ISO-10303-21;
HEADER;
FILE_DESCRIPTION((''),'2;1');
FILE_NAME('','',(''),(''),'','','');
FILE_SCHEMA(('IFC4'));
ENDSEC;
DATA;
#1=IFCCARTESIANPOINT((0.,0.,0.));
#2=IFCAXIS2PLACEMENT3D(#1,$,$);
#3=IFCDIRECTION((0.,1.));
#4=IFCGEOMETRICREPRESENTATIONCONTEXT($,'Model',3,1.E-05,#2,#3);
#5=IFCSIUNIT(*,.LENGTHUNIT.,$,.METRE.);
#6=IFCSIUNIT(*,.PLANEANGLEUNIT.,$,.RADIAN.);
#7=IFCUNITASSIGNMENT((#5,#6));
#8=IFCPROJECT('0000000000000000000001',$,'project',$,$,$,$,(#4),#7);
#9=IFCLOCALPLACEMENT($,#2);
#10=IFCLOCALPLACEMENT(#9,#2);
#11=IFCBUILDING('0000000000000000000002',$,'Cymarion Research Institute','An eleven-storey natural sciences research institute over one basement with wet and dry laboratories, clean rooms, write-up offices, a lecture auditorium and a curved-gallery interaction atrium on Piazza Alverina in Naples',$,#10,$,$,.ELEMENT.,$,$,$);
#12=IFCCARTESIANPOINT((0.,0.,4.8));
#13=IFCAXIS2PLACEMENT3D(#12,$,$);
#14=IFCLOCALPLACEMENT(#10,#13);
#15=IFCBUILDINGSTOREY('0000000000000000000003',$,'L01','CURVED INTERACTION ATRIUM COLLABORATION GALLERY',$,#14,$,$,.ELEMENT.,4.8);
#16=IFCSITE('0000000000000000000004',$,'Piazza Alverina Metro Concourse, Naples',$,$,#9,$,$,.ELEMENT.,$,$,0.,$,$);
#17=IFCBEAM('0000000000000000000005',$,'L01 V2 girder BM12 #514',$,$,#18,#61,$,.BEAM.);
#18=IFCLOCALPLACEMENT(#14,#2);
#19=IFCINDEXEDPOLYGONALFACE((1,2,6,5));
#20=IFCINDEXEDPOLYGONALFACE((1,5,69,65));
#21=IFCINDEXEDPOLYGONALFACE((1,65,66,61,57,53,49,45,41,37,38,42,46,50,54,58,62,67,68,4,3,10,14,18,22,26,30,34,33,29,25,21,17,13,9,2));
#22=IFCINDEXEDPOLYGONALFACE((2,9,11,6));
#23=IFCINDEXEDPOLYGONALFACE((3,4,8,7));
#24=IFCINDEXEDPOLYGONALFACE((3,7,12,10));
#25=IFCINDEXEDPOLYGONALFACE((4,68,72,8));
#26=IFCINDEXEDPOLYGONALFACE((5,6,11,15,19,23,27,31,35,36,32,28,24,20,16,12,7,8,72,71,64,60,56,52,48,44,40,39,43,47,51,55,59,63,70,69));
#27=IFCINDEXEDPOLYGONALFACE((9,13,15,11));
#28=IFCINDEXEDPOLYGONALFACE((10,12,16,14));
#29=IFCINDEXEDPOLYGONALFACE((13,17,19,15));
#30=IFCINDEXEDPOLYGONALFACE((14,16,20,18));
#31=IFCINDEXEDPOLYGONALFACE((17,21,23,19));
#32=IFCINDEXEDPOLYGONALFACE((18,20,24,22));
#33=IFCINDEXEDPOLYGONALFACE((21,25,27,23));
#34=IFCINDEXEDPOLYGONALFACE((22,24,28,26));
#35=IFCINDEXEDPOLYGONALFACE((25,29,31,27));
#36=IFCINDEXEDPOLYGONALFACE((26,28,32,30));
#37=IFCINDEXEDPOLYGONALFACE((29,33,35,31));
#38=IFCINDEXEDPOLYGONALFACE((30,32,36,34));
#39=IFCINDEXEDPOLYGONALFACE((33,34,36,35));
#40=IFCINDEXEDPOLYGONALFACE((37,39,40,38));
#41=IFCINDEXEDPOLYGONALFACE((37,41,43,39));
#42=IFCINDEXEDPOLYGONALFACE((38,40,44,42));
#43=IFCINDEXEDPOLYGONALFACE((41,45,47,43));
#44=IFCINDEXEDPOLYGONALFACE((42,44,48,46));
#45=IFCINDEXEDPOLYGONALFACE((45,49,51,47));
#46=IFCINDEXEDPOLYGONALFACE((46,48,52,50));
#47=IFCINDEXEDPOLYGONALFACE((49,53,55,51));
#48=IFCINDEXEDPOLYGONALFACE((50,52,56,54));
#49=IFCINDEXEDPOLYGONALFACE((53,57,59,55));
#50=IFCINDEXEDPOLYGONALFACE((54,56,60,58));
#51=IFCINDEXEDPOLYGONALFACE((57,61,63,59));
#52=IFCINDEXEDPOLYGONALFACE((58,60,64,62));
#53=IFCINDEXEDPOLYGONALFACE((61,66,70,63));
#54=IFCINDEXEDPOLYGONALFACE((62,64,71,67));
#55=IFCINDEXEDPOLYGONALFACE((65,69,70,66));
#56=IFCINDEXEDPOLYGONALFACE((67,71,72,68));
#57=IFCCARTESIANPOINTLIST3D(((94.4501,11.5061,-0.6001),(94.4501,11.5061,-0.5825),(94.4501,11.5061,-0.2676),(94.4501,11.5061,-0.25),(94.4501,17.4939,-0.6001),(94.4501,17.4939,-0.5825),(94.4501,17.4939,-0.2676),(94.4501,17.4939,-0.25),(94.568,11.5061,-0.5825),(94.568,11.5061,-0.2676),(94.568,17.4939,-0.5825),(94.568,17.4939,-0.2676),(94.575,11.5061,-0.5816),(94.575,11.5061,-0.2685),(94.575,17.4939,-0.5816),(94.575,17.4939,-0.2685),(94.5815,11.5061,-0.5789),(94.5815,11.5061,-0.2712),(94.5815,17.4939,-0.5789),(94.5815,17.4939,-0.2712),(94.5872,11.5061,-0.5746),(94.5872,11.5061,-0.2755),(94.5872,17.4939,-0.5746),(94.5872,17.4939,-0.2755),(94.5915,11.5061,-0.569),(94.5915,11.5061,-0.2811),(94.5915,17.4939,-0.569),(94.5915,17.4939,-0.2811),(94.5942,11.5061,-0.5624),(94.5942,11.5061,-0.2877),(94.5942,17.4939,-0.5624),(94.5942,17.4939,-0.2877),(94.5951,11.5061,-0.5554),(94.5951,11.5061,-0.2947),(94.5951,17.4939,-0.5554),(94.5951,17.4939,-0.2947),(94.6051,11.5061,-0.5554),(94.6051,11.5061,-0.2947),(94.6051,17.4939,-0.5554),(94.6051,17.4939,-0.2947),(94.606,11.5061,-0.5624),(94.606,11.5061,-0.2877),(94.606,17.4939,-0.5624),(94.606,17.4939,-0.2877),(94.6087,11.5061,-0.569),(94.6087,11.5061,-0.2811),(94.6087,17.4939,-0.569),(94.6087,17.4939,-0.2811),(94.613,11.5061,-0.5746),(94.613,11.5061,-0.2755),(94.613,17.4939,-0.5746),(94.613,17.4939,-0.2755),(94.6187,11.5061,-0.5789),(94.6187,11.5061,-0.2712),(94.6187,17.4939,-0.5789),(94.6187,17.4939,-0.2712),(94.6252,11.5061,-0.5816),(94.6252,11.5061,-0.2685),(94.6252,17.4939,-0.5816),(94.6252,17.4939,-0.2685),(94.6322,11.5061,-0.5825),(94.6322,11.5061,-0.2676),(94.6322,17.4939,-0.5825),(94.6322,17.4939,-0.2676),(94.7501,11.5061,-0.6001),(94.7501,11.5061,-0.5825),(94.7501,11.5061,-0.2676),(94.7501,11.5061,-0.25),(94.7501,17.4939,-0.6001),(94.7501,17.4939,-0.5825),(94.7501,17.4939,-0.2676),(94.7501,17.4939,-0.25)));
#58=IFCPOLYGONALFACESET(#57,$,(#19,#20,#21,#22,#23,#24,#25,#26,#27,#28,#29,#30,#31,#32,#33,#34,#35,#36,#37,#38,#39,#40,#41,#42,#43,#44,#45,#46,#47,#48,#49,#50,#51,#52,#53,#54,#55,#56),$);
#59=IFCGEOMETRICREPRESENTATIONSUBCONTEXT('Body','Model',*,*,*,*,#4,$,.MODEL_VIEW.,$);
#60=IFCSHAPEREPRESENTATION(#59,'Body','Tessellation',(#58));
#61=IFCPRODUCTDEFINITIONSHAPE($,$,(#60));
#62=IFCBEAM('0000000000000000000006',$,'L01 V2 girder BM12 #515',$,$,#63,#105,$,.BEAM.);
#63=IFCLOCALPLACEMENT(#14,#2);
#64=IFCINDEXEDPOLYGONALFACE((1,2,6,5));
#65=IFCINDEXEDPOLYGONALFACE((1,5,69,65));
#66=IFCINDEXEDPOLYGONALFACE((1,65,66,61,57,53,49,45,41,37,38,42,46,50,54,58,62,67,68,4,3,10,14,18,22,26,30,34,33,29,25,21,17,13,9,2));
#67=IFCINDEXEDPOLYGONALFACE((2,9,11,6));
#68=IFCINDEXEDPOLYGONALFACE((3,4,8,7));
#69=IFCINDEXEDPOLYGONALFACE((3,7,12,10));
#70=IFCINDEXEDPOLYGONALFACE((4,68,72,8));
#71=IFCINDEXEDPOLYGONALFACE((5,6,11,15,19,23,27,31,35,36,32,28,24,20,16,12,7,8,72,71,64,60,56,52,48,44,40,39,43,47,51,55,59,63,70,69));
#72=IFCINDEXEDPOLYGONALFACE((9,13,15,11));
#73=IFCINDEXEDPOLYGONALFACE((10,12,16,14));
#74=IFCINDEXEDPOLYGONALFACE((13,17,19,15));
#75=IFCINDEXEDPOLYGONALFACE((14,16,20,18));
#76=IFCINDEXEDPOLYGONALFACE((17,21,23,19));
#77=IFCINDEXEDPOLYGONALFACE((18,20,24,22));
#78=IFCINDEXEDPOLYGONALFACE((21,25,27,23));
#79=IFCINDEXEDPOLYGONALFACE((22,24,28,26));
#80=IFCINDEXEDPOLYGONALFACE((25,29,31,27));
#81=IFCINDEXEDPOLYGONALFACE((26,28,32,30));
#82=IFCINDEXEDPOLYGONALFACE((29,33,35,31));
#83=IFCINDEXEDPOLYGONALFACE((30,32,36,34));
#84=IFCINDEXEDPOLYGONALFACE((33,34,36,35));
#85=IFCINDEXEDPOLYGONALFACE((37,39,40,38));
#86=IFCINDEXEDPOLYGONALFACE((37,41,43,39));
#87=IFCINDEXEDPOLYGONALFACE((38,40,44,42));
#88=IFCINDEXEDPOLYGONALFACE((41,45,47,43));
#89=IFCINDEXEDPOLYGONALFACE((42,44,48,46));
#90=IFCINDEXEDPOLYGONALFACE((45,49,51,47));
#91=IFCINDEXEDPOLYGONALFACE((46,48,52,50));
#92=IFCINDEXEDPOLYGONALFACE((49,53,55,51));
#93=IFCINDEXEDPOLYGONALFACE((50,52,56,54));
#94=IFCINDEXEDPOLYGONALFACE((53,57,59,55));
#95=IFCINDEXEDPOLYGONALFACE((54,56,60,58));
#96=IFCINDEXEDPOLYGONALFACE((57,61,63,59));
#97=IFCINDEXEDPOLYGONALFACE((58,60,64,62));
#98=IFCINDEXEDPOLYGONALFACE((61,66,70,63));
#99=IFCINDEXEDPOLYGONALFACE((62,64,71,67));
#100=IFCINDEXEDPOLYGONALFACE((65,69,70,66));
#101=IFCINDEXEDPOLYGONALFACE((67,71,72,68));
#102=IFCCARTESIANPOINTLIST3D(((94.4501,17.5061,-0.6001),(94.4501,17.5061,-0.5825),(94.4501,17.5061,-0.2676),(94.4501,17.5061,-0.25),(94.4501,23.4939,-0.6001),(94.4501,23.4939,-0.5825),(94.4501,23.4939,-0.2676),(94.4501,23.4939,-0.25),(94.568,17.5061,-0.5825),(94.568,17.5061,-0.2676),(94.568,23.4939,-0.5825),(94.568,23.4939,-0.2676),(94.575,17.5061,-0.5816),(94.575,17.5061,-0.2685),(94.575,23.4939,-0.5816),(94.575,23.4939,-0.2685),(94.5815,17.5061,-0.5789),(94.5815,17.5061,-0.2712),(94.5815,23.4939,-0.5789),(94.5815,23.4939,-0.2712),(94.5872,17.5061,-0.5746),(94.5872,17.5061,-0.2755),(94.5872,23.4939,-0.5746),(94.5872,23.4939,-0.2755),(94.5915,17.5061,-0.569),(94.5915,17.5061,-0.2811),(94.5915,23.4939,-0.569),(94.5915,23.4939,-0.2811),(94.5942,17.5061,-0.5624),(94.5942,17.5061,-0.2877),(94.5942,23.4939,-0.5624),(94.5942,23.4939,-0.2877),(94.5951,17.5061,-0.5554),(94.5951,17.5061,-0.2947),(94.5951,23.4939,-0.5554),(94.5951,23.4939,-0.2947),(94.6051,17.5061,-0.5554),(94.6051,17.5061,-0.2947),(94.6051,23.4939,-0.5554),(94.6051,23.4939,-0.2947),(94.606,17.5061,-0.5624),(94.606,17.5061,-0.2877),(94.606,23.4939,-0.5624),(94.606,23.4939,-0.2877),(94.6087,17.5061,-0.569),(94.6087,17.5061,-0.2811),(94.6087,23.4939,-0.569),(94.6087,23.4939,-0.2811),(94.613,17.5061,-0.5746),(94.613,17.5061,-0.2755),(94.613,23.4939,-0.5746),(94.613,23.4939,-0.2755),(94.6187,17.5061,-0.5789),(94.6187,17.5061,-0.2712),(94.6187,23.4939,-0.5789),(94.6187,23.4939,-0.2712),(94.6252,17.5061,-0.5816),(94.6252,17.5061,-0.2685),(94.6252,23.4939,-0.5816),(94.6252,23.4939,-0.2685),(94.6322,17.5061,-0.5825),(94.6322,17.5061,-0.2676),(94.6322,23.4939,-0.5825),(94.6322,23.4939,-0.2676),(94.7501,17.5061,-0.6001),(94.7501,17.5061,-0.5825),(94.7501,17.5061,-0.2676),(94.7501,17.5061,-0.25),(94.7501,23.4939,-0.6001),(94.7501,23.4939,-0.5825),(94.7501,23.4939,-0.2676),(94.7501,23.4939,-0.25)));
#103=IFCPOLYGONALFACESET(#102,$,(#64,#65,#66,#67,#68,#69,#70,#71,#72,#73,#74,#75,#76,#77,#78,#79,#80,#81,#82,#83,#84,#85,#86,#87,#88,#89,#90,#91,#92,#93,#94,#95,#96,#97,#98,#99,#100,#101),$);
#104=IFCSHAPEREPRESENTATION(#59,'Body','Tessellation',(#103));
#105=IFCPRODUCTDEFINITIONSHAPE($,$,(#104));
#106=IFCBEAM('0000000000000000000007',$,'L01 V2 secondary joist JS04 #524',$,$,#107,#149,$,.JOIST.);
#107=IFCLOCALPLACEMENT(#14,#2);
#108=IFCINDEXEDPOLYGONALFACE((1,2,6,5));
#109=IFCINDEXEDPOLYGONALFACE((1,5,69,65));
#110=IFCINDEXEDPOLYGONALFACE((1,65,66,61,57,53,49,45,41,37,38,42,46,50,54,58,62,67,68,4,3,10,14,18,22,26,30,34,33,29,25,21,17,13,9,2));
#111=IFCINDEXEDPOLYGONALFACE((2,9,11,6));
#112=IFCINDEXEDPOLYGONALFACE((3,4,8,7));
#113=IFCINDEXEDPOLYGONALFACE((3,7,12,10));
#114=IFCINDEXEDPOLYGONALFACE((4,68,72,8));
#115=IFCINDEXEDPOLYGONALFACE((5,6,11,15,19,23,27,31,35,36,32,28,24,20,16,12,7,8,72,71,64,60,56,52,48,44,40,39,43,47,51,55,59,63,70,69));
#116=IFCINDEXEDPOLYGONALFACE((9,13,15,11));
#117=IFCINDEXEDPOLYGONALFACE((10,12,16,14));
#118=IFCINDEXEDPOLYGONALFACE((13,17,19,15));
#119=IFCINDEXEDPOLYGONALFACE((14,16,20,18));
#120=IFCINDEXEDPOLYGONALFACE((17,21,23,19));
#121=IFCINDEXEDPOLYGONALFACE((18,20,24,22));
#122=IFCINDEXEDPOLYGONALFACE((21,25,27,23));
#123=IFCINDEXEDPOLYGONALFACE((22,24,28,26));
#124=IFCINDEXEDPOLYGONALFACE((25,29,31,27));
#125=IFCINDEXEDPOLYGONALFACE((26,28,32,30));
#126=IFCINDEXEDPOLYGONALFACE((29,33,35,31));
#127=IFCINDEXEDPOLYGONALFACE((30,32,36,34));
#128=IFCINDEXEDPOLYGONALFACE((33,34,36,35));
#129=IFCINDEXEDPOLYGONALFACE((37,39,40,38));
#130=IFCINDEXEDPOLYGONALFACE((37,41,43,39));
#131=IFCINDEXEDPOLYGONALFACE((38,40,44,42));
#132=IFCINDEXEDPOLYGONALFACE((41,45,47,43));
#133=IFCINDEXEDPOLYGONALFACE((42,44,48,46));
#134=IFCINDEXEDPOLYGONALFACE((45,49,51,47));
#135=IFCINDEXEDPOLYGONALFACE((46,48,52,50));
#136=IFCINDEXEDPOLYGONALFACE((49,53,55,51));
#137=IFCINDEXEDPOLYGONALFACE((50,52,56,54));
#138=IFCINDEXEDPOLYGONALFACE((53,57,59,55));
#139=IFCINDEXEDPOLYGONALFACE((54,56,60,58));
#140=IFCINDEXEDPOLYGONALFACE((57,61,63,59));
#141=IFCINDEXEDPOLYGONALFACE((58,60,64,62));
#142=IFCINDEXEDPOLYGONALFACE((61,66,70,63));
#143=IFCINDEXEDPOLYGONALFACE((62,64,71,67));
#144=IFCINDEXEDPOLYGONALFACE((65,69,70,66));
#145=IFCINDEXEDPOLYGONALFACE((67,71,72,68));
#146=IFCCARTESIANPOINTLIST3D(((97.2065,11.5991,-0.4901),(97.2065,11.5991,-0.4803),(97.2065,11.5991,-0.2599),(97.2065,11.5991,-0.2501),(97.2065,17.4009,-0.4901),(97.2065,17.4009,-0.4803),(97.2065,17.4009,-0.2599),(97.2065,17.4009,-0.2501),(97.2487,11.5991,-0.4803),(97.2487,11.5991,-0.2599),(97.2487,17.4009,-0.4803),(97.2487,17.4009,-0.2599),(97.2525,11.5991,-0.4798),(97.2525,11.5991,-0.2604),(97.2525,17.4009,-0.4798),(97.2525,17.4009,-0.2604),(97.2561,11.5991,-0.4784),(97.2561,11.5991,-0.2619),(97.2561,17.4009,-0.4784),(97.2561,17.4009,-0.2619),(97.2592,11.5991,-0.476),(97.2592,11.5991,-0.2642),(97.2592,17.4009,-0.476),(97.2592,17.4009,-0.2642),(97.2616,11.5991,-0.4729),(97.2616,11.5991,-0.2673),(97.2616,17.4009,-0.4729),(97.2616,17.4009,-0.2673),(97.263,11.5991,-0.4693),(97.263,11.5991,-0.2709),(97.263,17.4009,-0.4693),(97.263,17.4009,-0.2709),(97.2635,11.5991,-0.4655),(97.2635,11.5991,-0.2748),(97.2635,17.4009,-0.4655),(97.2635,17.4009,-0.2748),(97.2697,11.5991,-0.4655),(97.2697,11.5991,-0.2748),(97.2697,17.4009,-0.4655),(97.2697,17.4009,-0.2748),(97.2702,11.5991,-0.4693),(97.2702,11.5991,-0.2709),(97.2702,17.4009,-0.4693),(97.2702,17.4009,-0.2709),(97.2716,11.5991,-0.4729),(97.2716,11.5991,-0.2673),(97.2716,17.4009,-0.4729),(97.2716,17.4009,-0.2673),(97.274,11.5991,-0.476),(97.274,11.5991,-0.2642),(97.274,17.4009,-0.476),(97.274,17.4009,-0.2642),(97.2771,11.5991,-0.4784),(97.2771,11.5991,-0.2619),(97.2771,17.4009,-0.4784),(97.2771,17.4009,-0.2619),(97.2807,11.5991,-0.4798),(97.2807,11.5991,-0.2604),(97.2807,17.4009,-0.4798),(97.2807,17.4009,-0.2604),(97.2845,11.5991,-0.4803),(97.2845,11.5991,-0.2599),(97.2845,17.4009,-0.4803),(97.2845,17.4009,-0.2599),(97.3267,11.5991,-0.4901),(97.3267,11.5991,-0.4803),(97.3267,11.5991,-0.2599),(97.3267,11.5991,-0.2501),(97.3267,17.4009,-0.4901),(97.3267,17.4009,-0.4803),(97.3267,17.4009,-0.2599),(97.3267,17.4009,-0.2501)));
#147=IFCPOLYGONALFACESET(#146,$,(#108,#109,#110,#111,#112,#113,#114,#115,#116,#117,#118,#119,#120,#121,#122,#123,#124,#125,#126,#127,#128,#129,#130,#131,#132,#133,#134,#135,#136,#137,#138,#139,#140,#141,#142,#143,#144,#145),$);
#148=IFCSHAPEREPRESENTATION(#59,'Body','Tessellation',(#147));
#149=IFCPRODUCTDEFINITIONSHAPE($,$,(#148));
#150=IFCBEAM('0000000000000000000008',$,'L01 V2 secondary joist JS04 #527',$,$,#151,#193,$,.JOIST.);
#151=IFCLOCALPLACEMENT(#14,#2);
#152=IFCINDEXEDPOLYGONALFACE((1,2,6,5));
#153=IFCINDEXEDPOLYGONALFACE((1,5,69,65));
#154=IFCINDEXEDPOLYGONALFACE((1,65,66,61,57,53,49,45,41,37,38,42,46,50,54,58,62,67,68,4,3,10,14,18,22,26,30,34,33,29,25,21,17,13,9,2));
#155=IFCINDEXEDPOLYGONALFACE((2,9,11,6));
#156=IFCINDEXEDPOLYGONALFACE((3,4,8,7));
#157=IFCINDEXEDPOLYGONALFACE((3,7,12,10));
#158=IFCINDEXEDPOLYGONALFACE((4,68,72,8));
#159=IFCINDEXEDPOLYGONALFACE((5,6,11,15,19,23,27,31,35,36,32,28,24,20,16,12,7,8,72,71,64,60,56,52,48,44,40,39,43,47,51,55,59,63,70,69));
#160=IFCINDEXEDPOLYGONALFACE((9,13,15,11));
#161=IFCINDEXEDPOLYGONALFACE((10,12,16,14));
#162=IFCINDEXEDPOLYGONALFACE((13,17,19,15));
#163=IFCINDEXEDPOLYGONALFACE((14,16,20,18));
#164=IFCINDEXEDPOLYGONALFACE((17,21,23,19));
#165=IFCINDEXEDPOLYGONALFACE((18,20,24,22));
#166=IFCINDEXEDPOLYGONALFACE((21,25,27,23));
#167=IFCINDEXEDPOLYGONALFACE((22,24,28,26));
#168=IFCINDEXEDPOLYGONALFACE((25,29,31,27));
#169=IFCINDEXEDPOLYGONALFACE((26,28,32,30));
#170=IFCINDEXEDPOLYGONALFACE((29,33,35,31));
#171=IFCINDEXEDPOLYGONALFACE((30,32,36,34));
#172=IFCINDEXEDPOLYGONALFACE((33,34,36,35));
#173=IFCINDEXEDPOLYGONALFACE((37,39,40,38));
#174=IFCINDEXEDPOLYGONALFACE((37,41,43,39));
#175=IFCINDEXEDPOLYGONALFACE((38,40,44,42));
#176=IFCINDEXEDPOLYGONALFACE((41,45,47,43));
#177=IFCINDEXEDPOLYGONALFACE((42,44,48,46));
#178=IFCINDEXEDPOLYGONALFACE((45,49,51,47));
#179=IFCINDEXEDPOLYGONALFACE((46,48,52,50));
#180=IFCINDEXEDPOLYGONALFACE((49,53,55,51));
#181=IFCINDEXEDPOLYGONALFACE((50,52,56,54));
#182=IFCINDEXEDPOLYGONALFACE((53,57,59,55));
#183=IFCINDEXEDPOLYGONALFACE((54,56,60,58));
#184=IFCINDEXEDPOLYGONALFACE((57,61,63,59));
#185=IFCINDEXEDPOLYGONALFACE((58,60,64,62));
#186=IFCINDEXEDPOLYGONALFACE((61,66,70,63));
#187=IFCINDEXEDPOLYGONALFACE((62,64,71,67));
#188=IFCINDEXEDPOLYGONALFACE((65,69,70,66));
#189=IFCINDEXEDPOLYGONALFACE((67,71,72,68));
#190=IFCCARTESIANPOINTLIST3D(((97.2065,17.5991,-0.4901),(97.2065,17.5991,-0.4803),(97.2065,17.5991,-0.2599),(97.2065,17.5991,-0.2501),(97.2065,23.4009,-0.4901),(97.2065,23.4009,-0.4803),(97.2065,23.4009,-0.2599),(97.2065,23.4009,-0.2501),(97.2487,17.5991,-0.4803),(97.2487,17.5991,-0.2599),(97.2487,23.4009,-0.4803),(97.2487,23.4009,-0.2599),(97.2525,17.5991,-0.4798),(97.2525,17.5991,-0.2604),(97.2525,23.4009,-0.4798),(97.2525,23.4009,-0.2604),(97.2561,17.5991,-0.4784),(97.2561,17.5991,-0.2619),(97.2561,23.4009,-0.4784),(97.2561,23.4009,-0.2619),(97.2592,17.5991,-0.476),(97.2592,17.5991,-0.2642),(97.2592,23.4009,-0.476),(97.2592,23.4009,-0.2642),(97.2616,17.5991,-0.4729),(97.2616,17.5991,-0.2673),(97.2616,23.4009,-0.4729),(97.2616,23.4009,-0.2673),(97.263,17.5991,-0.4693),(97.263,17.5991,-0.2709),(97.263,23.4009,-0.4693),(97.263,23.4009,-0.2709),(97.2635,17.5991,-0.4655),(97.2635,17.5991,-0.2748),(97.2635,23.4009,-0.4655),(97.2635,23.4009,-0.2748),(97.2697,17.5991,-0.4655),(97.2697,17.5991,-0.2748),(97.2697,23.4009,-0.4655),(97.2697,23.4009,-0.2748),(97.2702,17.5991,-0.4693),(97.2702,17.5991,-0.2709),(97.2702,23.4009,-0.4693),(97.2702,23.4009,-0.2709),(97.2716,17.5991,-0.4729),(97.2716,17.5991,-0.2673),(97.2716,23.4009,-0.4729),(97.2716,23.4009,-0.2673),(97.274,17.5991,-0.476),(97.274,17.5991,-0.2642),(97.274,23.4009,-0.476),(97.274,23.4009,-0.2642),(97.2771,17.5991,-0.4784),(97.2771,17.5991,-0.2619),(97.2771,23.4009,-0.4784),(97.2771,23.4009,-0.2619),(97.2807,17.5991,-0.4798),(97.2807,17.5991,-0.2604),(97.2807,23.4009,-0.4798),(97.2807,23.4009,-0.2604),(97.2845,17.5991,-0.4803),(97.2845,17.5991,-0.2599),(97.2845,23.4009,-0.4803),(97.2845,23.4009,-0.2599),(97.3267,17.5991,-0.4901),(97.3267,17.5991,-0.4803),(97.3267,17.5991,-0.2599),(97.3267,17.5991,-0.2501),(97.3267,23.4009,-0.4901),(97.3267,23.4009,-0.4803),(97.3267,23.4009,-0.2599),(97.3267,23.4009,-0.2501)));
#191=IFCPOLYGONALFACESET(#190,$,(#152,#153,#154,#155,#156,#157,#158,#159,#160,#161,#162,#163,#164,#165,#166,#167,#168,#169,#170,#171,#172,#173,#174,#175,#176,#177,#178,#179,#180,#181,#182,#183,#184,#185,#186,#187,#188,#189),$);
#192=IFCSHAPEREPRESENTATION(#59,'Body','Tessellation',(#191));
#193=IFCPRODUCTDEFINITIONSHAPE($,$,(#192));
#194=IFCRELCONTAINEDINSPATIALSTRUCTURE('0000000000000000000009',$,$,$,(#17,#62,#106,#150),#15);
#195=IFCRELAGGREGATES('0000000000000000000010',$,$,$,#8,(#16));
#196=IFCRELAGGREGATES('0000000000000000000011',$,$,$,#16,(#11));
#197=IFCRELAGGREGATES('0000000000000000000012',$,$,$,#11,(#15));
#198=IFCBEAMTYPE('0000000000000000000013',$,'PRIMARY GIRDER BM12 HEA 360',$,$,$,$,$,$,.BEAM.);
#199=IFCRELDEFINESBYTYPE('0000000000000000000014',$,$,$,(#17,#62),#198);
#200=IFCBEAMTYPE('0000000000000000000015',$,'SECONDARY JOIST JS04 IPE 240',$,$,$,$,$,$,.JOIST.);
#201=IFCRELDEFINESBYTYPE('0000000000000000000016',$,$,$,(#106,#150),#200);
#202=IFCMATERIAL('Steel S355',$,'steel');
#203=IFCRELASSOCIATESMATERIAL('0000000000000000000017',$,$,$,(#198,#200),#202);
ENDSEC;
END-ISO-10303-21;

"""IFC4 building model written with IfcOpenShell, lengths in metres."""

from ifc_helpers import new_model, si_unit, direction, frame, origin, origin_2d, place, context, subcontext, project, spatial, i_section, extrude, material, material_profile, profile_set, type_object, element, save


model = new_model("IFC4")

# Units and contexts
model_context = context("Model", 3, precision=1e-05, world=origin(), true_north=direction((0.0, 1.0)))
body_context = subcontext(model_context, "Body", "Model", "MODEL_VIEW")
ifc_project = project(units=[si_unit("LENGTHUNIT", "METRE"), si_unit("PLANEANGLEUNIT", "RADIAN")], contexts=[model_context])

# Site, building, storey
site_placement = place(None, origin())
site = spatial("IfcSite", under=ifc_project, at=site_placement, Name="Piazza Alverina Metro Concourse, Naples", CompositionType="ELEMENT", RefElevation=0.0)
building_placement = place(site_placement, origin())
building = spatial("IfcBuilding", under=site, at=building_placement, Name="Cymarion Research Institute", Description="An eleven-storey natural sciences research institute over one basement with wet and dry laboratories, clean rooms, write-up offices, a lecture auditorium and a curved-gallery interaction atrium on Piazza Alverina in Naples", CompositionType="ELEMENT")
storey_placement = place(building_placement, frame((0.0, 0.0, 4.8)))
storey = spatial("IfcBuildingStorey", under=building, at=storey_placement, Name="L01", Description="CURVED INTERACTION ATRIUM COLLABORATION GALLERY", CompositionType="ELEMENT", Elevation=4.8)

# Shared definitions
ifc_material_1 = material(Name="Steel S355", Category="steel")

# Beams
ifc_material_profile_1 = material_profile(ifc_material_1, i_section(OverallWidth=0.3, OverallDepth=0.3501, WebThickness=0.01, FlangeThickness=0.0176, FilletRadius=0.0271, at=origin_2d()), Name="HEA 360")
ifc_profile_set_1 = profile_set([ifc_material_profile_1], Name="Steel S355")
beam_type_1 = type_object("IfcBeamType", Name="PRIMARY GIRDER BM12 HEA 360", PredefinedType="BEAM", material=ifc_profile_set_1)
for number, where, z_axis, x_axis, name in (
    (1, (94.6001, 11.5061, -0.425), (0.0, 1.0, 0.0), (-1.0, 0.0, 0.0), "L01 V2 girder BM12 #514"),
    (2, (94.6001, 17.5061, -0.425), (0.0, 1.0, 0.0), (-1.0, 0.0, 0.0), "L01 V2 girder BM12 #515"),
):
    element("IfcBeam", number, at=place(storey_placement, frame(where, z_axis=z_axis, x_axis=x_axis)), inside=storey, type_object=beam_type_1, Name=name, PredefinedType="BEAM", context=body_context, shape_type="SweptSolid", body=[
        extrude(i_section(OverallWidth=0.3, OverallDepth=0.3501, WebThickness=0.01, FlangeThickness=0.0176, FilletRadius=0.0271, at=origin_2d()), origin(), (0.0, 0.0, 1.0), 5.9878),
    ])
ifc_material_profile_2 = material_profile(ifc_material_1, i_section(OverallWidth=0.1201, OverallDepth=0.24, WebThickness=0.0061, FlangeThickness=0.0098, FilletRadius=0.0149, at=origin_2d()), Name="IPE 240")
ifc_profile_set_2 = profile_set([ifc_material_profile_2], Name="Steel S355")
beam_type_2 = type_object("IfcBeamType", Name="SECONDARY JOIST JS04 IPE 240", PredefinedType="JOIST", material=ifc_profile_set_2)
for number, where, z_axis, x_axis, name in (
    (3, (97.2666, 11.5991, -0.3701), (0.0, 1.0, 0.0), (-1.0, 0.0, 0.0), "L01 V2 secondary joist JS04 #524"),
    (4, (97.2666, 17.5991, -0.3701), (0.0, 1.0, 0.0), (-1.0, 0.0, 0.0), "L01 V2 secondary joist JS04 #527"),
):
    element("IfcBeam", number, at=place(storey_placement, frame(where, z_axis=z_axis, x_axis=x_axis)), inside=storey, type_object=beam_type_2, Name=name, PredefinedType="JOIST", context=body_context, shape_type="SweptSolid", body=[
        extrude(i_section(OverallWidth=0.1201, OverallDepth=0.24, WebThickness=0.0061, FlangeThickness=0.0098, FilletRadius=0.0149, at=origin_2d()), origin(), (0.0, 0.0, 1.0), 5.8018),
    ])

save(model, "model.ifc")
